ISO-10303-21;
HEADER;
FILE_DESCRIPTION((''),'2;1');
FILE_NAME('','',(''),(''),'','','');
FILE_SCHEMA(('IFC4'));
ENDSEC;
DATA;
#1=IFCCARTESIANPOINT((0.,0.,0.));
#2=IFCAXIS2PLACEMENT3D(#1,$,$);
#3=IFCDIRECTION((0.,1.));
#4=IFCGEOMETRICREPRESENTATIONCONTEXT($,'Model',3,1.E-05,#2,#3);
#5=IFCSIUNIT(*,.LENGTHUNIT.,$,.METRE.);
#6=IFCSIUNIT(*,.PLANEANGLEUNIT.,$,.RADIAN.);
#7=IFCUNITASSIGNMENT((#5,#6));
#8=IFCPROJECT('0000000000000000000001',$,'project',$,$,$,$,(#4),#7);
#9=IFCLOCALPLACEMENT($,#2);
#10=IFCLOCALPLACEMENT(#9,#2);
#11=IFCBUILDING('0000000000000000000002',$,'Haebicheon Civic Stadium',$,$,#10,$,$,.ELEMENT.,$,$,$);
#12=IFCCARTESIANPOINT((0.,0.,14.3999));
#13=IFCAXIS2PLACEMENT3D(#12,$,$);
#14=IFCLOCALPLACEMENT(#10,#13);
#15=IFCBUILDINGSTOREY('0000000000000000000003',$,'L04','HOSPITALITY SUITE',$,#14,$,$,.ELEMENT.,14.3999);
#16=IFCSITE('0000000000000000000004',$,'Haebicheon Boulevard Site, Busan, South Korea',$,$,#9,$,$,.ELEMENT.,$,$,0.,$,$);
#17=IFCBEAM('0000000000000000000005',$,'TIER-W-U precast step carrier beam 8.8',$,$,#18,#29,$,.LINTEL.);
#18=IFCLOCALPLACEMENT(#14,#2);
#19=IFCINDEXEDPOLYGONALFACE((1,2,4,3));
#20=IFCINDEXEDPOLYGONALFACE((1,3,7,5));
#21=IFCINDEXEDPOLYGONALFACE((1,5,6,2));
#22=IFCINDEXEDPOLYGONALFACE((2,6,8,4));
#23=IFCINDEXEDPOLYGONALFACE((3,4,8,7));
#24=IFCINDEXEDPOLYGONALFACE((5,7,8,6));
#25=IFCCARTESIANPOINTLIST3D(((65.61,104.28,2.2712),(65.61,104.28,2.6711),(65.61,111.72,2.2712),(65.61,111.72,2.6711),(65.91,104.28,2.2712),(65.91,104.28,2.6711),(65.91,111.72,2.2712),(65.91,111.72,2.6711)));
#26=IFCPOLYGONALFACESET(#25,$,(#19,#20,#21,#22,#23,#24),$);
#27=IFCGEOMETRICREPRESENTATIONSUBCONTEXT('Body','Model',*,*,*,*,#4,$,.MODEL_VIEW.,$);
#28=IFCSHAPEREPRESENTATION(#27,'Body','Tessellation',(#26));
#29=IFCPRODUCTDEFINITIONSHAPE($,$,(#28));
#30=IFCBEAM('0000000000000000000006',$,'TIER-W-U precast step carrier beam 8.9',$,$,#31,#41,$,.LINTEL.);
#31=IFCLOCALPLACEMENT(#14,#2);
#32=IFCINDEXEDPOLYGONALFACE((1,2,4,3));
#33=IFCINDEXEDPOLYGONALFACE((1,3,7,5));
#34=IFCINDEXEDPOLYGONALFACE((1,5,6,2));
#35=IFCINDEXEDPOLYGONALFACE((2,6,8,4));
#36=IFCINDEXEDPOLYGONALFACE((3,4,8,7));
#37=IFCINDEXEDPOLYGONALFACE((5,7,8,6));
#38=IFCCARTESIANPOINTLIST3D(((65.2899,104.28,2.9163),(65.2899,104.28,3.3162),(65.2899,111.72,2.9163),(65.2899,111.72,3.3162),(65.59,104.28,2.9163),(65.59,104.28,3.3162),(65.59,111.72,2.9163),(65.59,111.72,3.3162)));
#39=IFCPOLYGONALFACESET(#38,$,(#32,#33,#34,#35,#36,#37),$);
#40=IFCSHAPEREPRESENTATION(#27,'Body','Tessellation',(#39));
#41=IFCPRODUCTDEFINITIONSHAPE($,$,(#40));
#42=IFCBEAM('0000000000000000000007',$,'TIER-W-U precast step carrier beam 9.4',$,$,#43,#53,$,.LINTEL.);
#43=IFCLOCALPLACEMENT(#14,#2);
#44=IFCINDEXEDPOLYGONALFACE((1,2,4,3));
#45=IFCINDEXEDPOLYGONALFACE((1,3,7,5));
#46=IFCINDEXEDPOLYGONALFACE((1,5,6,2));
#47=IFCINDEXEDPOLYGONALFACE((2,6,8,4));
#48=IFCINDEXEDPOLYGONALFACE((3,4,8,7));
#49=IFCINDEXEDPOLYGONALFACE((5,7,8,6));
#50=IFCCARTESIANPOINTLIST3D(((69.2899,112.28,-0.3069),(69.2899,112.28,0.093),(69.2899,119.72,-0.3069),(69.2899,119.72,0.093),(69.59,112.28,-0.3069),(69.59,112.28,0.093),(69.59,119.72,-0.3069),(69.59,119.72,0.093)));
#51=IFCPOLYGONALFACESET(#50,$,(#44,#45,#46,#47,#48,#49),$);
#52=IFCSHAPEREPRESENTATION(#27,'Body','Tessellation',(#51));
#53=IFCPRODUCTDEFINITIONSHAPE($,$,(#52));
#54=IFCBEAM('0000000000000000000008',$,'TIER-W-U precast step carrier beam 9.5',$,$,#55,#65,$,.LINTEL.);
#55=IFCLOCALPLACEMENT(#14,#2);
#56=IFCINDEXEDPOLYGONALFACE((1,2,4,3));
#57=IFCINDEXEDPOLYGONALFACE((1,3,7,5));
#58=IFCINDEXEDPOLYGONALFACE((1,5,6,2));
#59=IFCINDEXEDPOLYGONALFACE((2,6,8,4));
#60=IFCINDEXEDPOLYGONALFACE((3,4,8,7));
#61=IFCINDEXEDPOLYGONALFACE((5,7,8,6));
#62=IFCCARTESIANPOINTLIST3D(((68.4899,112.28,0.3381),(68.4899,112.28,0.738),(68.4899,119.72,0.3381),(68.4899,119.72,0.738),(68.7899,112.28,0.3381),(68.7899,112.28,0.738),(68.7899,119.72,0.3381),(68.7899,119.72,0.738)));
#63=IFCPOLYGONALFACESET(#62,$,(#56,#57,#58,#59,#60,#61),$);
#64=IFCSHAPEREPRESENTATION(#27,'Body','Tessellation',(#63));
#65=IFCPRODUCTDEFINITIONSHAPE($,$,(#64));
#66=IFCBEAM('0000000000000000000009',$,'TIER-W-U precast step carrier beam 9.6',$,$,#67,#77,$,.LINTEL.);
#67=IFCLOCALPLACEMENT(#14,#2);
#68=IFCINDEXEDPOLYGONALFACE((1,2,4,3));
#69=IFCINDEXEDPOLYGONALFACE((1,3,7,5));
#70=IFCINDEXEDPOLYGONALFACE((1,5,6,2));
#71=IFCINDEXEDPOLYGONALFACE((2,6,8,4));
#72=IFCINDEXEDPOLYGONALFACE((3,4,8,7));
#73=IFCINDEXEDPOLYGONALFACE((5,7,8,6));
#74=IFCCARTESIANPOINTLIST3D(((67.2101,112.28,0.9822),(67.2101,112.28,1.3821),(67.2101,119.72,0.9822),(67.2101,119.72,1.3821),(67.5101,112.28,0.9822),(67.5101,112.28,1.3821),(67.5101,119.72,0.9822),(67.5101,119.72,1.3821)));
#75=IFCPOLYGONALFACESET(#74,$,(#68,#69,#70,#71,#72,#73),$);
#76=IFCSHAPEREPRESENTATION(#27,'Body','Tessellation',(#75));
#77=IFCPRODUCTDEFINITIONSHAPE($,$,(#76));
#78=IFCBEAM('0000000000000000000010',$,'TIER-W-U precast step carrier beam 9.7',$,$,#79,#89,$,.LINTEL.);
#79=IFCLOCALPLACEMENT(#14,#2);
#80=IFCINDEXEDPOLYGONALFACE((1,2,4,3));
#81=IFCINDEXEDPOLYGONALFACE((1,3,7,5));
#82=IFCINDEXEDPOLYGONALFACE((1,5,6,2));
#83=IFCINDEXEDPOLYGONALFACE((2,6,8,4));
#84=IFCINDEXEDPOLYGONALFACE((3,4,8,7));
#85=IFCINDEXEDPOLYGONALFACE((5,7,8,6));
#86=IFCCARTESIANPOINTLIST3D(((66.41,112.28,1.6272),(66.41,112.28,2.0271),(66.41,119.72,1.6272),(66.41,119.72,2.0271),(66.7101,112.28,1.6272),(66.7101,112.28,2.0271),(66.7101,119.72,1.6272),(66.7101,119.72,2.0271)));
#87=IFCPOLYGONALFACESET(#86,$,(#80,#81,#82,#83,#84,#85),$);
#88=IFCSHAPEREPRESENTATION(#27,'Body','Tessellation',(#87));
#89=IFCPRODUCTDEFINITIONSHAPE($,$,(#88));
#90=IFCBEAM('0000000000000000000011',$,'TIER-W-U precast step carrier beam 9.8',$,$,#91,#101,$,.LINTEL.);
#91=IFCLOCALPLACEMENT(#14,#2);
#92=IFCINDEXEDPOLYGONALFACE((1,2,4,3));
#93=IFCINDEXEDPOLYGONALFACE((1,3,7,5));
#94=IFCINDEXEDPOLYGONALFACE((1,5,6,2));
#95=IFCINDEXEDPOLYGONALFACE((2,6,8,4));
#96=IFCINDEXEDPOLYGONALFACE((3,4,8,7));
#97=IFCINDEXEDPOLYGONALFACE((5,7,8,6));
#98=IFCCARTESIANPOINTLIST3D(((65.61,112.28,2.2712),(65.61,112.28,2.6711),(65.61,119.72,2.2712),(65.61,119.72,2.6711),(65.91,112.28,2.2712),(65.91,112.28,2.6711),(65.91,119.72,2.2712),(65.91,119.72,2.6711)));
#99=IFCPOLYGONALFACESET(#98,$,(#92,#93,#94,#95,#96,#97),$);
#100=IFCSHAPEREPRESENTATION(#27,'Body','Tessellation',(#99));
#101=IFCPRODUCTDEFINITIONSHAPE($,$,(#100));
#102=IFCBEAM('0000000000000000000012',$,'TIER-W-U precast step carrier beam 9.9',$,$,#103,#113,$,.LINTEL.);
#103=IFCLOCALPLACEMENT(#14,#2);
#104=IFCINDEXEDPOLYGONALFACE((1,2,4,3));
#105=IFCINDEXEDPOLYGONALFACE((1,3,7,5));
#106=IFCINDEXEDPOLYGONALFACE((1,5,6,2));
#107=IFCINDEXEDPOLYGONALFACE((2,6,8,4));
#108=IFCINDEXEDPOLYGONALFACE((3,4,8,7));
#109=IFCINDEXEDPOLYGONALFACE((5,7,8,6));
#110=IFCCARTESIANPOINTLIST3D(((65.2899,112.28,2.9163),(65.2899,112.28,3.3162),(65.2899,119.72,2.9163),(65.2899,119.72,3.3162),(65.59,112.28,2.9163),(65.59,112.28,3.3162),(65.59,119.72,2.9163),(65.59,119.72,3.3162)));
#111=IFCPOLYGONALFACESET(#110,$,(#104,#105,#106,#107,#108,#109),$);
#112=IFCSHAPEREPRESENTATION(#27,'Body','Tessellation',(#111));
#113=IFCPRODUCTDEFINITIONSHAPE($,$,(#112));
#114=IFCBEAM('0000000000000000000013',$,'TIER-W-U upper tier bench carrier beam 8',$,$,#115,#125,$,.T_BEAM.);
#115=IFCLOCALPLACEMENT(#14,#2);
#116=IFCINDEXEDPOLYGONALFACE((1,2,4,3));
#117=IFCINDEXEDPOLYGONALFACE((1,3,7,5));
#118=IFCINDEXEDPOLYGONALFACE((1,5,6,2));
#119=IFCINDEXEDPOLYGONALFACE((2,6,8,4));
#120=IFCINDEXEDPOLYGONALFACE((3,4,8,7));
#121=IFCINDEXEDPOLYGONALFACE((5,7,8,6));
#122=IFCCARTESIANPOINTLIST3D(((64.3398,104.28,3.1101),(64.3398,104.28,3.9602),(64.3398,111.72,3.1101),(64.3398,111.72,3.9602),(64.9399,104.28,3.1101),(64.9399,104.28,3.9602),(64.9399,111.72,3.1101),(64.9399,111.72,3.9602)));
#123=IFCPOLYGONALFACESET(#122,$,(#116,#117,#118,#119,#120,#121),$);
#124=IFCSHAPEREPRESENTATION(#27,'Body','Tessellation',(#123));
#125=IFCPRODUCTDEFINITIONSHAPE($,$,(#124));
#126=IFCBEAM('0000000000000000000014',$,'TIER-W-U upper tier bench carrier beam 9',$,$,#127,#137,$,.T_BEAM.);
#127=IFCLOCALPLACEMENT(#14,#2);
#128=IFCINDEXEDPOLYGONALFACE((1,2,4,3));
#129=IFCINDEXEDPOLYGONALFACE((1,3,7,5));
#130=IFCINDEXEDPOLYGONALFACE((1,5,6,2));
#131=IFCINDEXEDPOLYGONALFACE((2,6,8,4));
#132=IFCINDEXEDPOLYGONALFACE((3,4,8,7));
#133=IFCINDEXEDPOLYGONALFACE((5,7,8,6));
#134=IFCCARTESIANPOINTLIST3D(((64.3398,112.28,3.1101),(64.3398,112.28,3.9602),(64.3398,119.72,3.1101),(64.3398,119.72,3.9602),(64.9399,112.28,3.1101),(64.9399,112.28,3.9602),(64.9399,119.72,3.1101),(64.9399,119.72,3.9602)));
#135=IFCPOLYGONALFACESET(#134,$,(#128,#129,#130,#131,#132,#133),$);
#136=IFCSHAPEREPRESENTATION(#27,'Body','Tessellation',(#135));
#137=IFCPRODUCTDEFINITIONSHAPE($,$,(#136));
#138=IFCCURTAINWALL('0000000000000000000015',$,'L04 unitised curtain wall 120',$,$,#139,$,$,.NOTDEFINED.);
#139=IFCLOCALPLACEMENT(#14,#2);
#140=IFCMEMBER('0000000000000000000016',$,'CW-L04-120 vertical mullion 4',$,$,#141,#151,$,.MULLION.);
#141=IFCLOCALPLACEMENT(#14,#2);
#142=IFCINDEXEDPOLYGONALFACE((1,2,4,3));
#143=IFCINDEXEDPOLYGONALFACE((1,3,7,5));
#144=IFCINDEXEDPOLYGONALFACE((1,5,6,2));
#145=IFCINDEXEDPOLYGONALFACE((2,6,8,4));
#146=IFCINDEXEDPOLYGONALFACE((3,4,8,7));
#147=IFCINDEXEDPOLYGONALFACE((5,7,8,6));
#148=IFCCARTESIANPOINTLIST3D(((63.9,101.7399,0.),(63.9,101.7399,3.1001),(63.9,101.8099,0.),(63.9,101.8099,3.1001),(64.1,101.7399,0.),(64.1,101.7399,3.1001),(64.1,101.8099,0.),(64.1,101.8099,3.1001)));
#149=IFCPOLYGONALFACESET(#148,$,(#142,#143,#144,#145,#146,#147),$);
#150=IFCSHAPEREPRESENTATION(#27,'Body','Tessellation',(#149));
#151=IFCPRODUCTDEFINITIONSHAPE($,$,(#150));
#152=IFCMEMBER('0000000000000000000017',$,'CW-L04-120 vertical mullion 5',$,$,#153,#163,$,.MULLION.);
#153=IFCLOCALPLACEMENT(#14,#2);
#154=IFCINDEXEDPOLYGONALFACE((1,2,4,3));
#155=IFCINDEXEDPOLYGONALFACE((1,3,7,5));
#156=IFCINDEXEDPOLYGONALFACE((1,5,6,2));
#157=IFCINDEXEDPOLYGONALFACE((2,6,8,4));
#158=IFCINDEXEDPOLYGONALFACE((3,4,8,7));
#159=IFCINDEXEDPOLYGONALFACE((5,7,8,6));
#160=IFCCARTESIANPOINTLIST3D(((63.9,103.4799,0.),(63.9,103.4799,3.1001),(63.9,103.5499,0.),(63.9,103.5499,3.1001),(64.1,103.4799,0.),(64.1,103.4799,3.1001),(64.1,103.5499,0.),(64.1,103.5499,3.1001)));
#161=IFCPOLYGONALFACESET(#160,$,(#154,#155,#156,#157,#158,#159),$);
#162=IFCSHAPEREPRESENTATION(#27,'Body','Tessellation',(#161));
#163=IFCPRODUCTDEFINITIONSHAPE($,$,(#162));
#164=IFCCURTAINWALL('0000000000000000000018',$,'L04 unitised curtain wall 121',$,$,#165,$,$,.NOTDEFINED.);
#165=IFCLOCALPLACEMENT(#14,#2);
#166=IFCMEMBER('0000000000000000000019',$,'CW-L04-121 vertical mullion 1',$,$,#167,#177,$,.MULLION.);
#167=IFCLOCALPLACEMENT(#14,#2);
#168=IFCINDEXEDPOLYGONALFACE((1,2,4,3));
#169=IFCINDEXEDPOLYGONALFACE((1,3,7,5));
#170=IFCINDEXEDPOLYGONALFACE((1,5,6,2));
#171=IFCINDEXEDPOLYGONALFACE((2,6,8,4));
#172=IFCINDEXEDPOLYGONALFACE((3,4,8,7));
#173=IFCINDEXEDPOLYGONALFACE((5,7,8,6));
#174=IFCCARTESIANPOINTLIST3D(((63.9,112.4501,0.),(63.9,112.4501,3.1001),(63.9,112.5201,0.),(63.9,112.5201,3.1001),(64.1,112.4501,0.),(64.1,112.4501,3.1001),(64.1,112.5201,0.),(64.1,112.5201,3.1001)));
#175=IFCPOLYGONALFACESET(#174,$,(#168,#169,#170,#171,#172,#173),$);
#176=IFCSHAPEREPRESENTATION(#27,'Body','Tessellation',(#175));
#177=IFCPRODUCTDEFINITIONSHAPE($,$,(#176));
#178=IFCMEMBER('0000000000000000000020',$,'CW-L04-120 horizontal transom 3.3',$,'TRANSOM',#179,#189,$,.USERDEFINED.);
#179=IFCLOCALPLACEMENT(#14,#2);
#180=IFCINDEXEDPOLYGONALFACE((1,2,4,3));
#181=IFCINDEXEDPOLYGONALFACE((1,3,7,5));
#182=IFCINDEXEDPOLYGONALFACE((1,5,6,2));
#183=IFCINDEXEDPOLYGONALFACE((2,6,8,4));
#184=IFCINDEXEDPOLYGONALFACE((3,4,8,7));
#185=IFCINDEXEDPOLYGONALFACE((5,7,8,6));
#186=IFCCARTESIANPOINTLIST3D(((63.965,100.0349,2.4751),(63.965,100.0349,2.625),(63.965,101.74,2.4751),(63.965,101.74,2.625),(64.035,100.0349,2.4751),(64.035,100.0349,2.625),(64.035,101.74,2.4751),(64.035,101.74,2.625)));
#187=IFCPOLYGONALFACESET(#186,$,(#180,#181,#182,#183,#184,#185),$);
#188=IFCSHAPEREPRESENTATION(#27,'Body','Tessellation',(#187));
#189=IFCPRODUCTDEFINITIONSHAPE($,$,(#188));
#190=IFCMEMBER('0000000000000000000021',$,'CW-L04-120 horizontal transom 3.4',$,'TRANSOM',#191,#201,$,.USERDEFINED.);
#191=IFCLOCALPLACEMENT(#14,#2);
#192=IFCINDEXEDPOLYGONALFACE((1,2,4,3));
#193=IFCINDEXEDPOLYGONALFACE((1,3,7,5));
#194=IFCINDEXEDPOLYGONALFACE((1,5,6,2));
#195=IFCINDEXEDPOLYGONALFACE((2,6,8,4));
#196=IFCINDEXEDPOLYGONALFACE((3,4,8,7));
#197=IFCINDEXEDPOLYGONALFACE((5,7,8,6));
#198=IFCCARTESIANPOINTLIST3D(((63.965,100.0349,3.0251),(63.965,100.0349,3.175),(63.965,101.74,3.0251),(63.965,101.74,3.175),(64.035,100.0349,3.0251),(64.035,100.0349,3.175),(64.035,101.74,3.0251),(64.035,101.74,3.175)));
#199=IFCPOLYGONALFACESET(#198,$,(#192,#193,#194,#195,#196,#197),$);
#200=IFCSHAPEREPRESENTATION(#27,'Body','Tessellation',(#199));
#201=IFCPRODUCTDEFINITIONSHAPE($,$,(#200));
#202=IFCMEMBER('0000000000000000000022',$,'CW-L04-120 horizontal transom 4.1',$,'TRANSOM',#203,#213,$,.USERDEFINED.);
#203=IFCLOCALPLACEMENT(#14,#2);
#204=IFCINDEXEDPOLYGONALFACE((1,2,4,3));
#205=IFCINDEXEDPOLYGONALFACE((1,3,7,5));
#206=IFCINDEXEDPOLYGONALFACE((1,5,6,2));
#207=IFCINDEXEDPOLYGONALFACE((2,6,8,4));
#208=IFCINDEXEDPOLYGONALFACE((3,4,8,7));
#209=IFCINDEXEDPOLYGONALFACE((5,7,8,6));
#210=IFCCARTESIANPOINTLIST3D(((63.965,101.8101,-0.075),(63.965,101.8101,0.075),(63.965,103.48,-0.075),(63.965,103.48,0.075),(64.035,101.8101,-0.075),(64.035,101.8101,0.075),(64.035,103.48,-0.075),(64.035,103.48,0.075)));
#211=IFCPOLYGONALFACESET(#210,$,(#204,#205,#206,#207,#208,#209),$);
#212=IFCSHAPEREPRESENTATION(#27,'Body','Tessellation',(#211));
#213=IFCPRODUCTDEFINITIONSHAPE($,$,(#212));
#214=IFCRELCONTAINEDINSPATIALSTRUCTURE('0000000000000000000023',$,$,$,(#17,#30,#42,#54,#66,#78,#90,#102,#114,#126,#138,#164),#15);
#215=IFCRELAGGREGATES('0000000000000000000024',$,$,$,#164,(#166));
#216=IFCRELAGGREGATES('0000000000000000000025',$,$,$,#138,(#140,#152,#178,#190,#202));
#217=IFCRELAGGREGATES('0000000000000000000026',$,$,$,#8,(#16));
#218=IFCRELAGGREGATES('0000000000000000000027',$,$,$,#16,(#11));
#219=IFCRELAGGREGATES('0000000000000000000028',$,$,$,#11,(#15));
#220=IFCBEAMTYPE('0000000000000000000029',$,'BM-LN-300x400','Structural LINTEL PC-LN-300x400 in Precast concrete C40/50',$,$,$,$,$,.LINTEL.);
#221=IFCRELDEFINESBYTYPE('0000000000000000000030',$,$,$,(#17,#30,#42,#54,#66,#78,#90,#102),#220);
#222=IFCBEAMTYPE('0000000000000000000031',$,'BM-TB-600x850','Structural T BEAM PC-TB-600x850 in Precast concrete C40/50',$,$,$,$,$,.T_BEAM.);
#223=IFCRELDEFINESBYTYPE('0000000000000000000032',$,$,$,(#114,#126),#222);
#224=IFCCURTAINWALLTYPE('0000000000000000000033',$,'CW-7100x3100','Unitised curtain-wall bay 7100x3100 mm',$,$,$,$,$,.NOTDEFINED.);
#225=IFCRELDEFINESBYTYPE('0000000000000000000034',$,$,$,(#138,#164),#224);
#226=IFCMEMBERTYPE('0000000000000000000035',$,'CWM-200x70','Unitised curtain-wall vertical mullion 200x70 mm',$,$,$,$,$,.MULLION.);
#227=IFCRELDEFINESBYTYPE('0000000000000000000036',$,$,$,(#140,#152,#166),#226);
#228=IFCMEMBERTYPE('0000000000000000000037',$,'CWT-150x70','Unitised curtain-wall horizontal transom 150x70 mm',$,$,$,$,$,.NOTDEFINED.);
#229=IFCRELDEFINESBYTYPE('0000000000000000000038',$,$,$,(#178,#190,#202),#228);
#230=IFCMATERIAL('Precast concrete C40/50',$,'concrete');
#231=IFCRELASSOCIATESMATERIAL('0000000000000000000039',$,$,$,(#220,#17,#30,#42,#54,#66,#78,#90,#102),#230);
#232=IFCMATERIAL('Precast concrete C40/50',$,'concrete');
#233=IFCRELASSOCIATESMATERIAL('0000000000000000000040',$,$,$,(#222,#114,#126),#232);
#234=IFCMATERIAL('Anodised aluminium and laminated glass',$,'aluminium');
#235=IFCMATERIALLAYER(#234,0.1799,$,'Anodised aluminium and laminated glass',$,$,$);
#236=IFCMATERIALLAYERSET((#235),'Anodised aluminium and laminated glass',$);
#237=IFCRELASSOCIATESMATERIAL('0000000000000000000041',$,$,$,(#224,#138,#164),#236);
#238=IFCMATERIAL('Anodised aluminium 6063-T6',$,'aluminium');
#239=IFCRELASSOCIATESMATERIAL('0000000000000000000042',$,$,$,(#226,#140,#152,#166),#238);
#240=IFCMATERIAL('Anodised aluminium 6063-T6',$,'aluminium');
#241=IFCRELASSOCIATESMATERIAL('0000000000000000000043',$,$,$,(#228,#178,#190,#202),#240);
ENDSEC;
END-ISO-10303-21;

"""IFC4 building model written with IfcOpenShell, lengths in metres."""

from ifc_helpers import new_model, si_unit, direction, frame, origin, origin_2d, place, context, subcontext, project, spatial, rectangle, extrude, material, layer, layer_set, material_profile, profile_set, type_object, element, aggregate, save


model = new_model("IFC4")

# Units and contexts
model_context = context("Model", 3, precision=1e-05, world=origin(), true_north=direction((0.0, 1.0)))
body_context = subcontext(model_context, "Body", "Model", "MODEL_VIEW")
ifc_project = project(units=[si_unit("LENGTHUNIT", "METRE"), si_unit("PLANEANGLEUNIT", "RADIAN")], contexts=[model_context])

# Site, building, storey
site_placement = place(None, origin())
site = spatial("IfcSite", under=ifc_project, at=site_placement, Name="Haebicheon Boulevard Site, Busan, South Korea", CompositionType="ELEMENT", RefElevation=0.0)
building_placement = place(site_placement, origin())
building = spatial("IfcBuilding", under=site, at=building_placement, Name="Haebicheon Civic Stadium", CompositionType="ELEMENT")
storey_placement = place(building_placement, frame((0.0, 0.0, 14.3999)))
storey = spatial("IfcBuildingStorey", under=building, at=storey_placement, Name="L04", Description="HOSPITALITY SUITE", CompositionType="ELEMENT", Elevation=14.3999)

# Beams
ifc_material_1 = material(Name="Precast concrete C40/50", Category="concrete")
ifc_material_profile_1 = material_profile(ifc_material_1, rectangle(XDim=0.3, YDim=0.3999, at=origin_2d()), Name="PC-LN-300x400")
ifc_profile_set_1 = profile_set([ifc_material_profile_1], Name="Precast concrete C40/50")
beam_type_1 = type_object("IfcBeamType", Name="BM-LN-300x400", Description="Structural LINTEL PC-LN-300x400 in Precast concrete C40/50", PredefinedType="LINTEL", material=ifc_profile_set_1)
for number, where, z_axis, x_axis, name in (
    (1, (65.76, 104.28, 2.4712), (0.0, 1.0, 0.0), (-1.0, 0.0, 0.0), "TIER-W-U precast step carrier beam 8.8"),
    (2, (65.4399, 104.28, 3.1162), (0.0, 1.0, 0.0), (-1.0, 0.0, 0.0), "TIER-W-U precast step carrier beam 8.9"),
    (3, (69.4399, 112.28, -0.1069), (0.0, 1.0, 0.0), (-1.0, 0.0, 0.0), "TIER-W-U precast step carrier beam 9.4"),
    (4, (68.6399, 112.28, 0.5381), (0.0, 1.0, 0.0), (-1.0, 0.0, 0.0), "TIER-W-U precast step carrier beam 9.5"),
    (5, (67.3601, 112.28, 1.1821), (0.0, 1.0, 0.0), (-1.0, 0.0, 0.0), "TIER-W-U precast step carrier beam 9.6"),
    (6, (66.5601, 112.28, 1.8271), (0.0, 1.0, 0.0), (-1.0, 0.0, 0.0), "TIER-W-U precast step carrier beam 9.7"),
    (7, (65.76, 112.28, 2.4712), (0.0, 1.0, 0.0), (-1.0, 0.0, 0.0), "TIER-W-U precast step carrier beam 9.8"),
    (8, (65.4399, 112.28, 3.1162), (0.0, 1.0, 0.0), (-1.0, 0.0, 0.0), "TIER-W-U precast step carrier beam 9.9"),
):
    element("IfcBeam", number, at=place(storey_placement, frame(where, z_axis=z_axis, x_axis=x_axis)), inside=storey, type_object=beam_type_1, material=ifc_profile_set_1, Name=name, PredefinedType="LINTEL", context=body_context, shape_type="SweptSolid", body=[
        extrude(rectangle(XDim=0.3, YDim=0.3999, at=origin_2d()), origin(), (0.0, 0.0, 1.0), 7.4399),
    ])
ifc_material_2 = material(Name="Precast concrete C40/50", Category="concrete")
ifc_material_profile_2 = material_profile(ifc_material_2, rectangle(XDim=0.6001, YDim=0.8501, at=origin_2d()), Name="PC-TB-600x850")
ifc_profile_set_2 = profile_set([ifc_material_profile_2], Name="Precast concrete C40/50")
beam_type_2 = type_object("IfcBeamType", Name="BM-TB-600x850", Description="Structural T BEAM PC-TB-600x850 in Precast concrete C40/50", PredefinedType="T_BEAM", material=ifc_profile_set_2)
for number, where, z_axis, x_axis, name in (
    (9, (64.6399, 104.28, 3.5352), (0.0, 1.0, 0.0), (-1.0, 0.0, 0.0), "TIER-W-U upper tier bench carrier beam 8"),
    (10, (64.6399, 112.28, 3.5352), (0.0, 1.0, 0.0), (-1.0, 0.0, 0.0), "TIER-W-U upper tier bench carrier beam 9"),
):
    element("IfcBeam", number, at=place(storey_placement, frame(where, z_axis=z_axis, x_axis=x_axis)), inside=storey, type_object=beam_type_2, material=ifc_profile_set_2, Name=name, PredefinedType="T_BEAM", context=body_context, shape_type="SweptSolid", body=[
        extrude(rectangle(XDim=0.6001, YDim=0.8501, at=origin_2d()), origin(), (0.0, 0.0, 1.0), 7.4399),
    ])

# Curtain wall, members
ifc_material_3 = material(Name="Anodised aluminium and laminated glass", Category="aluminium")
ifc_layer_1 = layer(ifc_material_3, 0.1799, Name="Anodised aluminium and laminated glass")
ifc_layer_set_1 = layer_set([ifc_layer_1], Name="Anodised aluminium and laminated glass")
curtain_wall_type = type_object("IfcCurtainWallType", Name="CW-7100x3100", Description="Unitised curtain-wall bay 7100x3100 mm", PredefinedType="NOTDEFINED", material=ifc_layer_set_1)
curtain_wall_1_placement = place(storey_placement, origin())
curtain_wall_1 = element("IfcCurtainWall", 11, at=curtain_wall_1_placement, inside=storey, type_object=curtain_wall_type, material=ifc_layer_set_1, Name="L04 unitised curtain wall 120", PredefinedType="NOTDEFINED")
ifc_material_4 = material(Name="Anodised aluminium 6063-T6", Category="aluminium")
ifc_material_profile_3 = material_profile(ifc_material_4, rectangle(XDim=0.0701, YDim=0.2, at=origin_2d()), Name="ALU-MULL-70x200")
ifc_profile_set_3 = profile_set([ifc_material_profile_3], Name="Anodised aluminium 6063-T6")
member_type_1 = type_object("IfcMemberType", Name="CWM-200x70", Description="Unitised curtain-wall vertical mullion 200x70 mm", PredefinedType="MULLION", material=ifc_profile_set_3)
member_1_placement = place(storey_placement, frame((64.0, 101.7749, 0.0), z_axis=(0.0, 0.0, 1.0), x_axis=(0.0, 1.0, 0.0)))
member_1 = element("IfcMember", 12, at=member_1_placement, type_object=member_type_1, material=ifc_profile_set_3, Name="CW-L04-120 vertical mullion 4", PredefinedType="MULLION", context=body_context, shape_type="SweptSolid", body=[
    extrude(rectangle(XDim=0.0701, YDim=0.2, at=origin_2d()), origin(), (0.0, 0.0, 1.0), 3.1001),
])
member_2_placement = place(storey_placement, frame((64.0, 103.5149, 0.0), z_axis=(0.0, 0.0, 1.0), x_axis=(0.0, 1.0, 0.0)))
member_2 = element("IfcMember", 13, at=member_2_placement, type_object=member_type_1, material=ifc_profile_set_3, Name="CW-L04-120 vertical mullion 5", PredefinedType="MULLION", context=body_context, shape_type="SweptSolid", body=[
    extrude(rectangle(XDim=0.0701, YDim=0.2, at=origin_2d()), origin(), (0.0, 0.0, 1.0), 3.1001),
])

# Curtain wall, member
curtain_wall_2_placement = place(storey_placement, origin())
curtain_wall_2 = element("IfcCurtainWall", 14, at=curtain_wall_2_placement, inside=storey, type_object=curtain_wall_type, material=ifc_layer_set_1, Name="L04 unitised curtain wall 121", PredefinedType="NOTDEFINED")
member_3_placement = place(storey_placement, frame((64.0, 112.4851, 0.0), z_axis=(0.0, 0.0, 1.0), x_axis=(0.0, 1.0, 0.0)))
member_3 = element("IfcMember", 15, at=member_3_placement, type_object=member_type_1, material=ifc_profile_set_3, Name="CW-L04-121 vertical mullion 1", PredefinedType="MULLION", context=body_context, shape_type="SweptSolid", body=[
    extrude(rectangle(XDim=0.0701, YDim=0.2, at=origin_2d()), origin(), (0.0, 0.0, 1.0), 3.1001),
])

# Members
ifc_material_5 = material(Name="Anodised aluminium 6063-T6", Category="aluminium")
ifc_material_profile_4 = material_profile(ifc_material_5, rectangle(XDim=0.0701, YDim=0.1499, at=origin_2d()), Name="ALU-TRAN-70x150")
ifc_profile_set_4 = profile_set([ifc_material_profile_4], Name="Anodised aluminium 6063-T6")
member_type_2 = type_object("IfcMemberType", Name="CWT-150x70", Description="Unitised curtain-wall horizontal transom 150x70 mm", PredefinedType="NOTDEFINED", material=ifc_profile_set_4)
member_4_placement = place(storey_placement, frame((64.0, 100.0349, 2.55), z_axis=(0.0, 1.0, 0.0), x_axis=(-1.0, 0.0, 0.0)))
member_4 = element("IfcMember", 16, at=member_4_placement, type_object=member_type_2, material=ifc_profile_set_4, Name="CW-L04-120 horizontal transom 3.3", ObjectType="TRANSOM", PredefinedType="USERDEFINED", context=body_context, shape_type="SweptSolid", body=[
    extrude(rectangle(XDim=0.0701, YDim=0.1499, at=origin_2d()), origin(), (0.0, 0.0, 1.0), 1.7051),
])
member_5_placement = place(storey_placement, frame((64.0, 100.0349, 3.1001), z_axis=(0.0, 1.0, 0.0), x_axis=(-1.0, 0.0, 0.0)))
member_5 = element("IfcMember", 17, at=member_5_placement, type_object=member_type_2, material=ifc_profile_set_4, Name="CW-L04-120 horizontal transom 3.4", ObjectType="TRANSOM", PredefinedType="USERDEFINED", context=body_context, shape_type="SweptSolid", body=[
    extrude(rectangle(XDim=0.0701, YDim=0.1499, at=origin_2d()), origin(), (0.0, 0.0, 1.0), 1.7051),
])
member_6_placement = place(storey_placement, frame((64.0, 101.8101, 0.0), z_axis=(0.0, 1.0, 0.0), x_axis=(-1.0, 0.0, 0.0)))
member_6 = element("IfcMember", 18, at=member_6_placement, type_object=member_type_2, material=ifc_profile_set_4, Name="CW-L04-120 horizontal transom 4.1", ObjectType="TRANSOM", PredefinedType="USERDEFINED", context=body_context, shape_type="SweptSolid", body=[
    extrude(rectangle(XDim=0.0701, YDim=0.1499, at=origin_2d()), origin(), (0.0, 0.0, 1.0), 1.6699),
])
aggregate(curtain_wall_2, [member_3])

aggregate(curtain_wall_1, [member_1, member_2, member_4, member_5, member_6])

save(model, "model.ifc")
